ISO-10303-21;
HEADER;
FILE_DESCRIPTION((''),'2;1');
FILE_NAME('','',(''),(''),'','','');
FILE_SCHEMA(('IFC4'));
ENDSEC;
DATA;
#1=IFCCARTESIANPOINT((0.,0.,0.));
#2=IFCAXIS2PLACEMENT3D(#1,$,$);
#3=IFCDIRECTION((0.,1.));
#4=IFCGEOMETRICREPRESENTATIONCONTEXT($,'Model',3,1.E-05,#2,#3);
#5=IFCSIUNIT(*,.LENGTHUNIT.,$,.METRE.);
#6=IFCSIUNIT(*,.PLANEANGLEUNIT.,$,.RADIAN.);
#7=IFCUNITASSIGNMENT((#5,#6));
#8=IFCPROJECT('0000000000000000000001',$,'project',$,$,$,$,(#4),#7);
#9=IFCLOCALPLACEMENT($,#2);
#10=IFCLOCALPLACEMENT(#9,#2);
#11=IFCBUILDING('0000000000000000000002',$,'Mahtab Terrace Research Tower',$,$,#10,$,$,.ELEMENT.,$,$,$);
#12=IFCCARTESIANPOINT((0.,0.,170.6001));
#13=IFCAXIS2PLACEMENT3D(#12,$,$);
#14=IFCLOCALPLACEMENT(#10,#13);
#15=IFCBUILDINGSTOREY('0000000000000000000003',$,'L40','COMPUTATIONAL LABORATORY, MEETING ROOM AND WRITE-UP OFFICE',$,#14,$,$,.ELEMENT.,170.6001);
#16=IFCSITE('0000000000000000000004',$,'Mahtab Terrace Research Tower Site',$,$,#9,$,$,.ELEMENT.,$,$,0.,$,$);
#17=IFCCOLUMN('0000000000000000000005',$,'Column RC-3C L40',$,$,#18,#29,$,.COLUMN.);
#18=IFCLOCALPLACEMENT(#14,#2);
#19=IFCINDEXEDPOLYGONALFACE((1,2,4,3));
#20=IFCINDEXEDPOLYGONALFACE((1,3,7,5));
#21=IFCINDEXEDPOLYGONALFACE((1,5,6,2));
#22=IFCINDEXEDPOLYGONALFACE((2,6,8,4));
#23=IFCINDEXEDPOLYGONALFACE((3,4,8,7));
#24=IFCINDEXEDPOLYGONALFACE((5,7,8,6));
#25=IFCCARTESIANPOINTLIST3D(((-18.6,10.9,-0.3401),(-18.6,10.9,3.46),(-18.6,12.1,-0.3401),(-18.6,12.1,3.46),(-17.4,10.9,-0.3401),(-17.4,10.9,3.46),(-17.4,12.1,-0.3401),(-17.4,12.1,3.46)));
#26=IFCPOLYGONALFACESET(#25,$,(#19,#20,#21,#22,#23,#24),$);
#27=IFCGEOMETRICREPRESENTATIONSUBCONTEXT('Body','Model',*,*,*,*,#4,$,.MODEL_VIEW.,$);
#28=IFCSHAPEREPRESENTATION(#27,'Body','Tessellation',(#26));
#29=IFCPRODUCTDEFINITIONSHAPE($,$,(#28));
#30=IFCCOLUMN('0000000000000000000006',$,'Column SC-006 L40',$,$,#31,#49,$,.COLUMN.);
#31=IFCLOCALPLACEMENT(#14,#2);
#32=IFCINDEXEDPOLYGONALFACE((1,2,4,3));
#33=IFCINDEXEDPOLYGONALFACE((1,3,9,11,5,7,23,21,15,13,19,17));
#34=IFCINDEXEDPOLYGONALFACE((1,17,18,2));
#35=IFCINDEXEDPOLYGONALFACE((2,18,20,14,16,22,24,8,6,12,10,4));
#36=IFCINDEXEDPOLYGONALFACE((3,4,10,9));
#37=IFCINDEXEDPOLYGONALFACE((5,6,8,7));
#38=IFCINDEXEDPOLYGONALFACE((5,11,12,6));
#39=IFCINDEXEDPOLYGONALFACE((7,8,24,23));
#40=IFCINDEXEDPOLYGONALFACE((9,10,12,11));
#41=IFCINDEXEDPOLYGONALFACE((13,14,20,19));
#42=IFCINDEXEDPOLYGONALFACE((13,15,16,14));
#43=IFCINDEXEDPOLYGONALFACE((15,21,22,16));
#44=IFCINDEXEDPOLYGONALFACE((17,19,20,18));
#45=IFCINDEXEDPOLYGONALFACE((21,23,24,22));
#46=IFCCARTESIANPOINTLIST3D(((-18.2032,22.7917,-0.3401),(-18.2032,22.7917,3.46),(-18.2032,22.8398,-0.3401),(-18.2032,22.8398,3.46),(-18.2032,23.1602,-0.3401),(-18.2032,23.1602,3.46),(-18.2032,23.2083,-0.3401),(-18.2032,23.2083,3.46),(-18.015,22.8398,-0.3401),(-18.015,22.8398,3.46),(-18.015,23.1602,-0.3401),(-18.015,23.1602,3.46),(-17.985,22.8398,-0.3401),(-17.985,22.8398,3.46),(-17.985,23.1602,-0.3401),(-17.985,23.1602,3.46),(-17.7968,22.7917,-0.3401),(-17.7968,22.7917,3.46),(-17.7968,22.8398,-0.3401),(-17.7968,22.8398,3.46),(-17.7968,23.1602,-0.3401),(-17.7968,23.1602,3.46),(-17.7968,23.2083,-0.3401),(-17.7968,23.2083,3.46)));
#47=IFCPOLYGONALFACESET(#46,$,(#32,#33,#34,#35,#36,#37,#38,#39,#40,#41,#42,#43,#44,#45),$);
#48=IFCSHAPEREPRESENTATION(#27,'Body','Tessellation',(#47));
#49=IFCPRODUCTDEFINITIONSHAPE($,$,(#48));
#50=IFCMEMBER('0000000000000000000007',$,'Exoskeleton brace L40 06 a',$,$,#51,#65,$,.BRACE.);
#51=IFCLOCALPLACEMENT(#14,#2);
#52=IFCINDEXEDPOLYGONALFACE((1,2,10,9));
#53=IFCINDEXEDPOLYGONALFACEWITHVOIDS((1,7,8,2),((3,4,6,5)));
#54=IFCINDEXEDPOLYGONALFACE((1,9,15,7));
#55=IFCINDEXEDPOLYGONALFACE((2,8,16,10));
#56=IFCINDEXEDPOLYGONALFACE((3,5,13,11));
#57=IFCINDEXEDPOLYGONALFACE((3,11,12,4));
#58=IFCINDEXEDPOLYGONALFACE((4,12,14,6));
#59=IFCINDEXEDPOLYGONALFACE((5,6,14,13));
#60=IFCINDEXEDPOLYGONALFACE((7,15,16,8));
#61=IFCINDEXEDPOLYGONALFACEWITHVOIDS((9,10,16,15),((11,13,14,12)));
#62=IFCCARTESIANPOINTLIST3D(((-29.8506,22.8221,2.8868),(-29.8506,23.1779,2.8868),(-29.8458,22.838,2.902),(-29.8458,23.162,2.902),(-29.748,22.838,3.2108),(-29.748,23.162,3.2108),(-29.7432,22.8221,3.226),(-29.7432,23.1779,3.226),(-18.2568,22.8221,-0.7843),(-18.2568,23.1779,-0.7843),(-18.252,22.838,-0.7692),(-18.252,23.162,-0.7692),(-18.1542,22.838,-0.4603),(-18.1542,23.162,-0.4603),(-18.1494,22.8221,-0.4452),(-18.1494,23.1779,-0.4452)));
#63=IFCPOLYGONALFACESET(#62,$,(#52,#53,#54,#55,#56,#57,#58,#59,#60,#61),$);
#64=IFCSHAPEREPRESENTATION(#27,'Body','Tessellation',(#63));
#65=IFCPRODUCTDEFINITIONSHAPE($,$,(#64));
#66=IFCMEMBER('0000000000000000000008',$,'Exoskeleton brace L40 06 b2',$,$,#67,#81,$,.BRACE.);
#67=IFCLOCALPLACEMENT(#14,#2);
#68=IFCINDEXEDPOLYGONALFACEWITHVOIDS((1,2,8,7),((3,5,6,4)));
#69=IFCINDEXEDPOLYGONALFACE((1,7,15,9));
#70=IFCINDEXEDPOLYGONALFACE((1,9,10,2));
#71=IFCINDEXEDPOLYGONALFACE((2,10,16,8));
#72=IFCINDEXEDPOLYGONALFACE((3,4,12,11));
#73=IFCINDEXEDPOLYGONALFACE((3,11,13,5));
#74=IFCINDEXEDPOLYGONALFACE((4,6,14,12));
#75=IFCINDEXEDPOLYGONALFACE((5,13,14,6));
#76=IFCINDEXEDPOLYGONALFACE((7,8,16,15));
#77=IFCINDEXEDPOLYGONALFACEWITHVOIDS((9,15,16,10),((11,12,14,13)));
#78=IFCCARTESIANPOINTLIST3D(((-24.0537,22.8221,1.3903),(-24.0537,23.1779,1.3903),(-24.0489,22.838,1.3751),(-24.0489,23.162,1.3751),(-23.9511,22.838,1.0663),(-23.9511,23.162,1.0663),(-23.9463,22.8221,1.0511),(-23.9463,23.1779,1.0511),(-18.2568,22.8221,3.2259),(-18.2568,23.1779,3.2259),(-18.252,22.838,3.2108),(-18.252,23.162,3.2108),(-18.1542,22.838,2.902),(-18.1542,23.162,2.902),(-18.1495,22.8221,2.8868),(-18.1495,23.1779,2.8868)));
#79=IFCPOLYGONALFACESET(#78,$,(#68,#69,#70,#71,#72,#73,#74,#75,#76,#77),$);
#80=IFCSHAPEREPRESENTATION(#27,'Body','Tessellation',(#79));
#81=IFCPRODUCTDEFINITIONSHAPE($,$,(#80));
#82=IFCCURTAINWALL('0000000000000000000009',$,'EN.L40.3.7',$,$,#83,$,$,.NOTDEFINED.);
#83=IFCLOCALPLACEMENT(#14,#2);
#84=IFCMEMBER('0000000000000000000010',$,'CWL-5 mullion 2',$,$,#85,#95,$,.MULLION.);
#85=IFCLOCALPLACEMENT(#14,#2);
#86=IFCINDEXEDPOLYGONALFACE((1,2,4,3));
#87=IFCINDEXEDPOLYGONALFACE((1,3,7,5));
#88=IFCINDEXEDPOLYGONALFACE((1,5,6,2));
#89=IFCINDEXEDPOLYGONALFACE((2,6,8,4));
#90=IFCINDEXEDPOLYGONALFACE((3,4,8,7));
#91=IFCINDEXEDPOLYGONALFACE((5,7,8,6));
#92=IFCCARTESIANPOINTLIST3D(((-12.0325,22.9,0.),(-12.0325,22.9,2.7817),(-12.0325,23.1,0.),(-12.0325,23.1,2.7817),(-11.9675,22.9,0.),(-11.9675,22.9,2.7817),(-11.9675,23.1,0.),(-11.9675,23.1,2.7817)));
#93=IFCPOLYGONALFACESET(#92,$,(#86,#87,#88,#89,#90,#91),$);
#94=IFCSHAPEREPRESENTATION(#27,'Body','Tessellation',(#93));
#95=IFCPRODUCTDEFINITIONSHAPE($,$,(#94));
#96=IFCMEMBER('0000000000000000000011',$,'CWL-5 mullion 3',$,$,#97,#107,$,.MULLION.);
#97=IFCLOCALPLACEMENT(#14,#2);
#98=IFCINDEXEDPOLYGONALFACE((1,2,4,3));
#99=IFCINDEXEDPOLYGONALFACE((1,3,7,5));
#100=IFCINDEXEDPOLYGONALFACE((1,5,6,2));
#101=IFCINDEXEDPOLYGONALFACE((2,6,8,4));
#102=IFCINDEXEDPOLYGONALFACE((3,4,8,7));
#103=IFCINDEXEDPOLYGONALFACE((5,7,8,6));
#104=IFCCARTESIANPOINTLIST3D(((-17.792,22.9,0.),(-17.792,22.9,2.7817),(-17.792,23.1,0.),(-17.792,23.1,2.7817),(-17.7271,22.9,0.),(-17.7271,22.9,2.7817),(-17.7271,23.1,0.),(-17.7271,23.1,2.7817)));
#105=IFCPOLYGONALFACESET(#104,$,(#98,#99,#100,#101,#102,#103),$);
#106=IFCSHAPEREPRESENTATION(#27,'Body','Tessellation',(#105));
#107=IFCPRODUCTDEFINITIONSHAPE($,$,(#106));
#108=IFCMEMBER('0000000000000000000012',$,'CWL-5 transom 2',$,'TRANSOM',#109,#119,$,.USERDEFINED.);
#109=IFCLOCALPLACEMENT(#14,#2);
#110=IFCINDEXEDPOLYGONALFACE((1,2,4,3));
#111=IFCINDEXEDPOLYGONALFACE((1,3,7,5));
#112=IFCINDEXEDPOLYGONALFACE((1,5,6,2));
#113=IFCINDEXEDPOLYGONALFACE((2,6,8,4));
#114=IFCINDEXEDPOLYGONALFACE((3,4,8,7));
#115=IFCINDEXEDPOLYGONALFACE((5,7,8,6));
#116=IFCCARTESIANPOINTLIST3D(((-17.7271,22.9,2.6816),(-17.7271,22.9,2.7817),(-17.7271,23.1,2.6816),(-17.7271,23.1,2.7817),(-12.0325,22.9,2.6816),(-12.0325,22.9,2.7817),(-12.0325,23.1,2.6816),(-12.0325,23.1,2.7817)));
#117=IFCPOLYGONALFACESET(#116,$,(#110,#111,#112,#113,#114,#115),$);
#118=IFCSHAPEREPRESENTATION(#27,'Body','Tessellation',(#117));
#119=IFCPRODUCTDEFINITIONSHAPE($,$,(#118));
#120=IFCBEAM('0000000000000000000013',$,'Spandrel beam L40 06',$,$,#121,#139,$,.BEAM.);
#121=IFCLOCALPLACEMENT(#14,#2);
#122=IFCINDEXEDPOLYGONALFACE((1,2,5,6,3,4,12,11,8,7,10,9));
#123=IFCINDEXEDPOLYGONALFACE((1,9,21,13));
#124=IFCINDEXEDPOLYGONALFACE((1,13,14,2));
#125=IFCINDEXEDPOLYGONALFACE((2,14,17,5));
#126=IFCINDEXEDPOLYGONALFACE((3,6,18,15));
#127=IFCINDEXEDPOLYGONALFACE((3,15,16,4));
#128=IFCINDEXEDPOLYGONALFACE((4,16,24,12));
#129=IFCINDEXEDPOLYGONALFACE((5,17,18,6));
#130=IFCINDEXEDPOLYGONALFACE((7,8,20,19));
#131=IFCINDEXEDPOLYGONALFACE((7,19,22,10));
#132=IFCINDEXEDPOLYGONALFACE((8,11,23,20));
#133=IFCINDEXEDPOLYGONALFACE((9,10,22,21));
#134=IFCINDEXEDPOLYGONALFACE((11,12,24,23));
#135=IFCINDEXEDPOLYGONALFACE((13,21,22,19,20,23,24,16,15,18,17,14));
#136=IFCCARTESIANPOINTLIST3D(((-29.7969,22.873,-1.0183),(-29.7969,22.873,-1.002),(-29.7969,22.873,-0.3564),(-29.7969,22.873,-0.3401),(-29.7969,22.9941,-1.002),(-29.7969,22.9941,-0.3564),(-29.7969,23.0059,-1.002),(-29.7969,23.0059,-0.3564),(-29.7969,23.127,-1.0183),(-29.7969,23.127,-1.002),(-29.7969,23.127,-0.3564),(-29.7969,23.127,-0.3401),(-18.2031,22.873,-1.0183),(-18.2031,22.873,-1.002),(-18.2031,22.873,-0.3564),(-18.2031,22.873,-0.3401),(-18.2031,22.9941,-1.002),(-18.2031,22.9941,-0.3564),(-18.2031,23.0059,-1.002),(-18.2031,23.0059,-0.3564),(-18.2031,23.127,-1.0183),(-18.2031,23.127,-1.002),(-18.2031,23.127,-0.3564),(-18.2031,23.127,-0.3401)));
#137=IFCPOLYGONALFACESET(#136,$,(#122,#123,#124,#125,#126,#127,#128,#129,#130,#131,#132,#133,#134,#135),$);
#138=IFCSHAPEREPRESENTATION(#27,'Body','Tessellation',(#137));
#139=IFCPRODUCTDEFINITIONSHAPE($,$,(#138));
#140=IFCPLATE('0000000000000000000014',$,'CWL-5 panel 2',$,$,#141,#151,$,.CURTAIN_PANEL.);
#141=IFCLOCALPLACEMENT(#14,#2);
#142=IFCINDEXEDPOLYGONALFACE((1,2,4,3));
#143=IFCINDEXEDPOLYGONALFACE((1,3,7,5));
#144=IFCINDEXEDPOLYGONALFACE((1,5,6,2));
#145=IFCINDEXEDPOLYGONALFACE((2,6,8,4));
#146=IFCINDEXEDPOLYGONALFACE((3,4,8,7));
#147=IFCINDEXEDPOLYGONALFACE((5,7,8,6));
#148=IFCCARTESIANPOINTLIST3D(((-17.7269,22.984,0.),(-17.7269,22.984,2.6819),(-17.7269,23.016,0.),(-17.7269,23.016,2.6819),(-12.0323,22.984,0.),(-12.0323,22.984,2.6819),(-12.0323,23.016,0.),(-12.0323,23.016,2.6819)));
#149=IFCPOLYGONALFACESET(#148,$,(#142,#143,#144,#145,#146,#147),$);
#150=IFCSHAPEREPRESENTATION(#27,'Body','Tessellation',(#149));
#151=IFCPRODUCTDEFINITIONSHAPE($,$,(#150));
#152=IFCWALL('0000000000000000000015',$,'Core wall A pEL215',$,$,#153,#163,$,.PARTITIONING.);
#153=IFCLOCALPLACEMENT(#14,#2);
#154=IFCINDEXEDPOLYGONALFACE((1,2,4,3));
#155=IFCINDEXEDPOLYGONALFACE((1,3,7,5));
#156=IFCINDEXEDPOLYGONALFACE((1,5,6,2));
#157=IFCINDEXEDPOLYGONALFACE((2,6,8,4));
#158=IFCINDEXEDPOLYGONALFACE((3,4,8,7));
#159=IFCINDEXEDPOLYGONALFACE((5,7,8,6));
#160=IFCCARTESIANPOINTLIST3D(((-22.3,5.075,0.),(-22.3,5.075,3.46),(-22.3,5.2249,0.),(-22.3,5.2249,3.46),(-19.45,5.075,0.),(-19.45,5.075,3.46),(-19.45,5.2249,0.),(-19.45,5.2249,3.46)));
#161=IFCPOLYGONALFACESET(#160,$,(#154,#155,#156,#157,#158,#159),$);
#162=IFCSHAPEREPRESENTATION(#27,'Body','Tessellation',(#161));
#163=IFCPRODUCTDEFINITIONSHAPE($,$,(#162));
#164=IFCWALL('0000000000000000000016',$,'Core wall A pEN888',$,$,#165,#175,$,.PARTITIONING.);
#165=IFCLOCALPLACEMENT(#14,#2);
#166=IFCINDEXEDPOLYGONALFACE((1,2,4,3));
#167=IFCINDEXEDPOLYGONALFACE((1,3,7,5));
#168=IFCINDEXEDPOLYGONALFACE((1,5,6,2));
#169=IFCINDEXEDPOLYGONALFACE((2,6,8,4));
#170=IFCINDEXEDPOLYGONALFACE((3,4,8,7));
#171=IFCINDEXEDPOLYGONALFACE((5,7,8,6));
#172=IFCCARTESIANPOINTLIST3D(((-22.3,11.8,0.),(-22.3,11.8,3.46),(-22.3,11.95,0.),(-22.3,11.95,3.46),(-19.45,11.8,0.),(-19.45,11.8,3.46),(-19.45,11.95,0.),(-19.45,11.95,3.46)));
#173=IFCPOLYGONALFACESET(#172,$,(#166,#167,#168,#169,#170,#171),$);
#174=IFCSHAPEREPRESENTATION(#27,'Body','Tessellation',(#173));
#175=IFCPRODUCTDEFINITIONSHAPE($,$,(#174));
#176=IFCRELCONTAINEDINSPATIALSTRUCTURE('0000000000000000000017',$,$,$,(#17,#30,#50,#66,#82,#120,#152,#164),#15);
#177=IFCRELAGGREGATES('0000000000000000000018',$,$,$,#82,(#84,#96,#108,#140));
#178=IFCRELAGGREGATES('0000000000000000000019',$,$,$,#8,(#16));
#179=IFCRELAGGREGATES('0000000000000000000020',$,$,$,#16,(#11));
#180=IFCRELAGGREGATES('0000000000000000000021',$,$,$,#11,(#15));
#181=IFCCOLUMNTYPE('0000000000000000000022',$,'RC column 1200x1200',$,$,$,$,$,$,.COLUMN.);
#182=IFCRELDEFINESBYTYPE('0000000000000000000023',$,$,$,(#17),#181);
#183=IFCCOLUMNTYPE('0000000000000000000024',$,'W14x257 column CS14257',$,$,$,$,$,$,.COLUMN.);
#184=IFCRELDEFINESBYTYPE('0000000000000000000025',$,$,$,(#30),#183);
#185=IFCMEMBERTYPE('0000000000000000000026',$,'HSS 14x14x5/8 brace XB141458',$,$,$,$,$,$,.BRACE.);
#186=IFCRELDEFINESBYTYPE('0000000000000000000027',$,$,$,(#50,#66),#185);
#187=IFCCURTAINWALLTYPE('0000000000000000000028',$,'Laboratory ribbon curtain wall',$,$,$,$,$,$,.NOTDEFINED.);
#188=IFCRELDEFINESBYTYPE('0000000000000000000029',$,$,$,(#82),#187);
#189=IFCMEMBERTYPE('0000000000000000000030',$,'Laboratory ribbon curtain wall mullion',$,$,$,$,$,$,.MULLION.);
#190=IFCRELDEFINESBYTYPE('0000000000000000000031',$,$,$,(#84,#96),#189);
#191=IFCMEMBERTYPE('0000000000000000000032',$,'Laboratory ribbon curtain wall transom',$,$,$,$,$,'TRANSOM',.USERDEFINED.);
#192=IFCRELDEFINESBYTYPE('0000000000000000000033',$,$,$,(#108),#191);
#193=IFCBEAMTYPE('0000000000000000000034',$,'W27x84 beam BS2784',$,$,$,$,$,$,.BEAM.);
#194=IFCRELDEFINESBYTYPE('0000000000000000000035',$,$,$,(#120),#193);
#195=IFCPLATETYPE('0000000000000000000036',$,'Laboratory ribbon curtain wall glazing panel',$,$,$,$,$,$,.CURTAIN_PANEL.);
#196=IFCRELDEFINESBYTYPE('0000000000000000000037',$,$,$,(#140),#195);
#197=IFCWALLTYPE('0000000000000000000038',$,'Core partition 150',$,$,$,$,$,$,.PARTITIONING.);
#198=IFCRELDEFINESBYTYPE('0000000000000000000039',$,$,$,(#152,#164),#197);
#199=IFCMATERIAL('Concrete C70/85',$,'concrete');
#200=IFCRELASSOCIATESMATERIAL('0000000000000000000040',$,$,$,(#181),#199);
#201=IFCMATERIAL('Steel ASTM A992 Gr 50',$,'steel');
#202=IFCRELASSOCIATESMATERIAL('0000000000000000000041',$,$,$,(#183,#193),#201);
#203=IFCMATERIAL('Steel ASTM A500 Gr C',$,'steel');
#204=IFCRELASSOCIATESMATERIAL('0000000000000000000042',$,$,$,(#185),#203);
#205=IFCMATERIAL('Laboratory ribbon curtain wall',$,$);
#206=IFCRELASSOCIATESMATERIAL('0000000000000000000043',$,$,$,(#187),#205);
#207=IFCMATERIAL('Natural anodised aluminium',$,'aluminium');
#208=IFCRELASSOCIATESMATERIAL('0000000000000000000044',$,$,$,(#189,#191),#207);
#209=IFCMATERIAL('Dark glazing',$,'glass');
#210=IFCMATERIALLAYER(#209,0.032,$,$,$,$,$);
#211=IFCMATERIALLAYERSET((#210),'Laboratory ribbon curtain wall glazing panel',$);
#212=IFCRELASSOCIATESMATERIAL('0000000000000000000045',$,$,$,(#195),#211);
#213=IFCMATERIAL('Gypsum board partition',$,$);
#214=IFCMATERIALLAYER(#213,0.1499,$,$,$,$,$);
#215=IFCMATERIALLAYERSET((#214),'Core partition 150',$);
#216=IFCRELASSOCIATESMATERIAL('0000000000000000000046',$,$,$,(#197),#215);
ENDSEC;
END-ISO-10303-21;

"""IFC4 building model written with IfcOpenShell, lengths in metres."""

from ifc_helpers import new_model, si_unit, direction, frame, frame_2d, origin, origin_2d, place, context, subcontext, project, spatial, rectangle, hollow_rectangle, i_section, extrude, material, layer, layer_set, material_profile, profile_set, type_object, element, aggregate, save


model = new_model("IFC4")

# Units and contexts
model_context = context("Model", 3, precision=1e-05, world=origin(), true_north=direction((0.0, 1.0)))
body_context = subcontext(model_context, "Body", "Model", "MODEL_VIEW")
ifc_project = project(units=[si_unit("LENGTHUNIT", "METRE"), si_unit("PLANEANGLEUNIT", "RADIAN")], contexts=[model_context])

# Site, building, storey
site_placement = place(None, origin())
site = spatial("IfcSite", under=ifc_project, at=site_placement, Name="Mahtab Terrace Research Tower Site", CompositionType="ELEMENT", RefElevation=0.0)
building_placement = place(site_placement, origin())
building = spatial("IfcBuilding", under=site, at=building_placement, Name="Mahtab Terrace Research Tower", CompositionType="ELEMENT")
storey_placement = place(building_placement, frame((0.0, 0.0, 170.6001)))
storey = spatial("IfcBuildingStorey", under=building, at=storey_placement, Name="L40", Description="COMPUTATIONAL LABORATORY, MEETING ROOM AND WRITE-UP OFFICE", CompositionType="ELEMENT", Elevation=170.6001)

# Columns
ifc_material_1 = material(Name="Concrete C70/85", Category="concrete")
ifc_material_profile_1 = material_profile(ifc_material_1, rectangle(XDim=1.2, YDim=1.2, at=origin_2d()), Name="RC column 1200x1200")
ifc_profile_set_1 = profile_set([ifc_material_profile_1], Name="Concrete C70/85")
column_type_1 = type_object("IfcColumnType", Name="RC column 1200x1200", PredefinedType="COLUMN", material=ifc_profile_set_1)
column_1_placement = place(storey_placement, frame((-18.0, 11.5, -0.3401), z_axis=(0.0, 0.0, 1.0), x_axis=(1.0, 0.0, 0.0)))
element("IfcColumn", 1, at=column_1_placement, inside=storey, type_object=column_type_1, Name="Column RC-3C L40", PredefinedType="COLUMN", context=body_context, shape_type="SweptSolid", body=[
    extrude(rectangle(XDim=1.2, YDim=1.2, at=origin_2d()), origin(), (0.0, 0.0, 1.0), 3.8),
])
ifc_material_2 = material(Name="Steel ASTM A992 Gr 50", Category="steel")
ifc_material_profile_2 = material_profile(ifc_material_2, i_section(OverallWidth=0.4065, OverallDepth=0.4165, WebThickness=0.03, FlangeThickness=0.0481, at=origin_2d()), Name="W14X257")
ifc_profile_set_2 = profile_set([ifc_material_profile_2], Name="Steel ASTM A992 Gr 50")
column_type_2 = type_object("IfcColumnType", Name="W14x257 column CS14257", PredefinedType="COLUMN", material=ifc_profile_set_2)
column_2_placement = place(storey_placement, frame((-18.0, 23.0, -0.3401), z_axis=(0.0, 0.0, 1.0), x_axis=(1.0, 0.0, 0.0)))
element("IfcColumn", 2, at=column_2_placement, inside=storey, type_object=column_type_2, Name="Column SC-006 L40", PredefinedType="COLUMN", context=body_context, shape_type="SweptSolid", body=[
    extrude(i_section(OverallWidth=0.4065, OverallDepth=0.4165, WebThickness=0.03, FlangeThickness=0.0481, at=origin_2d()), origin(), (0.0, 0.0, 1.0), 3.8),
])

# Members
ifc_material_3 = material(Name="Steel ASTM A500 Gr C", Category="steel")
ifc_material_profile_3 = material_profile(ifc_material_3, hollow_rectangle(XDim=0.3557, YDim=0.3557, WallThickness=0.0159, at=origin_2d()), Name="HSS14X14X5/8")
ifc_profile_set_3 = profile_set([ifc_material_profile_3], Name="Steel ASTM A500 Gr C")
member_type_1 = type_object("IfcMemberType", Name="HSS 14x14x5/8 brace XB141458", PredefinedType="BRACE", material=ifc_profile_set_3)
member_1_placement = place(storey_placement, frame((-18.2031, 23.0, -0.6147), z_axis=(-0.953347, 0.0, 0.301876), x_axis=(0.0, -1.0, 0.0)))
element("IfcMember", 3, at=member_1_placement, inside=storey, type_object=member_type_1, Name="Exoskeleton brace L40 06 a", PredefinedType="BRACE", context=body_context, shape_type="SweptSolid", body=[
    extrude(hollow_rectangle(XDim=0.3557, YDim=0.3557, WallThickness=0.0159, at=origin_2d()), origin(), (0.0, 0.0, 1.0), 12.1611),
])
member_2_placement = place(storey_placement, frame((-24.0, 23.0, 1.2207), z_axis=(0.953341, 0.0, 0.301894), x_axis=(0.0, 1.0, 0.0)))
element("IfcMember", 4, at=member_2_placement, inside=storey, type_object=member_type_1, Name="Exoskeleton brace L40 06 b2", PredefinedType="BRACE", context=body_context, shape_type="SweptSolid", body=[
    extrude(hollow_rectangle(XDim=0.3557, YDim=0.3557, WallThickness=0.0159, at=origin_2d()), origin(), (0.0, 0.0, 1.0), 6.0806),
])

# Curtain wall, members
ifc_material_4 = material(Name="Laboratory ribbon curtain wall")
curtain_wall_type = type_object("IfcCurtainWallType", Name="Laboratory ribbon curtain wall", PredefinedType="NOTDEFINED", material=ifc_material_4)
curtain_wall_placement = place(storey_placement, origin())
curtain_wall = element("IfcCurtainWall", 5, at=curtain_wall_placement, inside=storey, type_object=curtain_wall_type, Name="EN.L40.3.7", PredefinedType="NOTDEFINED")
ifc_material_5 = material(Name="Natural anodised aluminium", Category="aluminium")
ifc_material_profile_4 = material_profile(ifc_material_5, rectangle(XDim=0.2, YDim=0.0649, at=origin_2d()), Name="MULLION 65x200")
ifc_profile_set_4 = profile_set([ifc_material_profile_4], Name="Natural anodised aluminium")
member_type_2 = type_object("IfcMemberType", Name="Laboratory ribbon curtain wall mullion", PredefinedType="MULLION", material=ifc_profile_set_4)
member_3_placement = place(storey_placement, frame((-12.0, 23.0, 0.0), z_axis=(0.0, 0.0, 1.0), x_axis=(0.0, -1.0, 0.0)))
member_3 = element("IfcMember", 6, at=member_3_placement, type_object=member_type_2, Name="CWL-5 mullion 2", PredefinedType="MULLION", context=body_context, shape_type="SweptSolid", body=[
    extrude(rectangle(XDim=0.2, YDim=0.0649, at=origin_2d()), origin(), (0.0, 0.0, 1.0), 2.7817),
])
member_4_placement = place(storey_placement, frame((-17.7595, 23.0, 0.0), z_axis=(0.0, 0.0, 1.0), x_axis=(0.0, -1.0, 0.0)))
member_4 = element("IfcMember", 7, at=member_4_placement, type_object=member_type_2, Name="CWL-5 mullion 3", PredefinedType="MULLION", context=body_context, shape_type="SweptSolid", body=[
    extrude(rectangle(XDim=0.2, YDim=0.0649, at=origin_2d()), origin(), (0.0, 0.0, 1.0), 2.7817),
])
ifc_material_profile_5 = material_profile(ifc_material_5, rectangle(XDim=0.2, YDim=0.1001, at=origin_2d()), Name="TRANSOM 100x200")
ifc_profile_set_5 = profile_set([ifc_material_profile_5], Name="Natural anodised aluminium")
member_type_3 = type_object("IfcMemberType", Name="Laboratory ribbon curtain wall transom", ElementType="TRANSOM", PredefinedType="USERDEFINED", material=ifc_profile_set_5)
member_5_placement = place(storey_placement, frame((-12.0325, 23.0, 2.7317), z_axis=(-1.0, 0.0, 0.0), x_axis=(0.0, -1.0, 0.0)))
member_5 = element("IfcMember", 8, at=member_5_placement, type_object=member_type_3, Name="CWL-5 transom 2", ObjectType="TRANSOM", PredefinedType="USERDEFINED", context=body_context, shape_type="SweptSolid", body=[
    extrude(rectangle(XDim=0.2, YDim=0.1001, at=origin_2d()), origin(), (0.0, 0.0, 1.0), 5.6946),
])

# Beam
ifc_material_profile_6 = material_profile(ifc_material_2, i_section(OverallWidth=0.2539, OverallDepth=0.6782, WebThickness=0.0117, FlangeThickness=0.0164, at=origin_2d()), Name="W27X84")
ifc_profile_set_6 = profile_set([ifc_material_profile_6], Name="Steel ASTM A992 Gr 50")
beam_type = type_object("IfcBeamType", Name="W27x84 beam BS2784", PredefinedType="BEAM", material=ifc_profile_set_6)
beam_placement = place(storey_placement, frame((-18.2031, 23.0, -0.6792), z_axis=(-1.0, 0.0, 0.0), x_axis=(0.0, -1.0, 0.0)))
element("IfcBeam", 9, at=beam_placement, inside=storey, type_object=beam_type, Name="Spandrel beam L40 06", PredefinedType="BEAM", context=body_context, shape_type="SweptSolid", body=[
    extrude(i_section(OverallWidth=0.2539, OverallDepth=0.6782, WebThickness=0.0117, FlangeThickness=0.0164, at=origin_2d()), origin(), (0.0, 0.0, 1.0), 11.5938),
])

# Plate
ifc_material_6 = material(Name="Dark glazing", Category="glass")
ifc_layer_1 = layer(ifc_material_6, 0.032)
ifc_layer_set_1 = layer_set([ifc_layer_1], Name="Laboratory ribbon curtain wall glazing panel")
plate_type = type_object("IfcPlateType", Name="Laboratory ribbon curtain wall glazing panel", PredefinedType="CURTAIN_PANEL", material=ifc_layer_set_1)
plate_placement = place(storey_placement, frame((-14.8796, 23.0, 0.0), z_axis=(0.0, 0.0, 1.0), x_axis=(-1.0, 0.0, 0.0)))
plate = element("IfcPlate", 10, at=plate_placement, type_object=plate_type, Name="CWL-5 panel 2", PredefinedType="CURTAIN_PANEL", context=body_context, shape_type="SweptSolid", body=[
    extrude(rectangle(XDim=5.6946, YDim=0.032, at=origin_2d()), origin(), (0.0, 0.0, 1.0), 2.6819),
])
aggregate(curtain_wall, [member_3, member_4, member_5, plate])

# Walls
ifc_material_7 = material(Name="Gypsum board partition")
ifc_layer_2 = layer(ifc_material_7, 0.1499)
ifc_layer_set_2 = layer_set([ifc_layer_2], Name="Core partition 150")
wall_type_1 = type_object("IfcWallType", Name="Core partition 150", PredefinedType="PARTITIONING", material=ifc_layer_set_2)
for number, where, z_axis, x_axis, name in (
    (11, (-22.3, 5.1499, 0.0), (0.0, 0.0, 1.0), (1.0, 0.0, 0.0), "Core wall A pEL215"),
    (12, (-22.3, 11.875, 0.0), (0.0, 0.0, 1.0), (1.0, 0.0, 0.0), "Core wall A pEN888"),
):
    element("IfcWall", number, at=place(storey_placement, frame(where, z_axis=z_axis, x_axis=x_axis)), inside=storey, type_object=wall_type_1, Name=name, PredefinedType="PARTITIONING", context=body_context, shape_type="SweptSolid", body=[
        extrude(rectangle(XDim=2.8501, YDim=0.1499, at=frame_2d((1.425, 0.0))), origin(), (0.0, 0.0, 1.0), 3.46),
    ])

save(model, "model.ifc")
